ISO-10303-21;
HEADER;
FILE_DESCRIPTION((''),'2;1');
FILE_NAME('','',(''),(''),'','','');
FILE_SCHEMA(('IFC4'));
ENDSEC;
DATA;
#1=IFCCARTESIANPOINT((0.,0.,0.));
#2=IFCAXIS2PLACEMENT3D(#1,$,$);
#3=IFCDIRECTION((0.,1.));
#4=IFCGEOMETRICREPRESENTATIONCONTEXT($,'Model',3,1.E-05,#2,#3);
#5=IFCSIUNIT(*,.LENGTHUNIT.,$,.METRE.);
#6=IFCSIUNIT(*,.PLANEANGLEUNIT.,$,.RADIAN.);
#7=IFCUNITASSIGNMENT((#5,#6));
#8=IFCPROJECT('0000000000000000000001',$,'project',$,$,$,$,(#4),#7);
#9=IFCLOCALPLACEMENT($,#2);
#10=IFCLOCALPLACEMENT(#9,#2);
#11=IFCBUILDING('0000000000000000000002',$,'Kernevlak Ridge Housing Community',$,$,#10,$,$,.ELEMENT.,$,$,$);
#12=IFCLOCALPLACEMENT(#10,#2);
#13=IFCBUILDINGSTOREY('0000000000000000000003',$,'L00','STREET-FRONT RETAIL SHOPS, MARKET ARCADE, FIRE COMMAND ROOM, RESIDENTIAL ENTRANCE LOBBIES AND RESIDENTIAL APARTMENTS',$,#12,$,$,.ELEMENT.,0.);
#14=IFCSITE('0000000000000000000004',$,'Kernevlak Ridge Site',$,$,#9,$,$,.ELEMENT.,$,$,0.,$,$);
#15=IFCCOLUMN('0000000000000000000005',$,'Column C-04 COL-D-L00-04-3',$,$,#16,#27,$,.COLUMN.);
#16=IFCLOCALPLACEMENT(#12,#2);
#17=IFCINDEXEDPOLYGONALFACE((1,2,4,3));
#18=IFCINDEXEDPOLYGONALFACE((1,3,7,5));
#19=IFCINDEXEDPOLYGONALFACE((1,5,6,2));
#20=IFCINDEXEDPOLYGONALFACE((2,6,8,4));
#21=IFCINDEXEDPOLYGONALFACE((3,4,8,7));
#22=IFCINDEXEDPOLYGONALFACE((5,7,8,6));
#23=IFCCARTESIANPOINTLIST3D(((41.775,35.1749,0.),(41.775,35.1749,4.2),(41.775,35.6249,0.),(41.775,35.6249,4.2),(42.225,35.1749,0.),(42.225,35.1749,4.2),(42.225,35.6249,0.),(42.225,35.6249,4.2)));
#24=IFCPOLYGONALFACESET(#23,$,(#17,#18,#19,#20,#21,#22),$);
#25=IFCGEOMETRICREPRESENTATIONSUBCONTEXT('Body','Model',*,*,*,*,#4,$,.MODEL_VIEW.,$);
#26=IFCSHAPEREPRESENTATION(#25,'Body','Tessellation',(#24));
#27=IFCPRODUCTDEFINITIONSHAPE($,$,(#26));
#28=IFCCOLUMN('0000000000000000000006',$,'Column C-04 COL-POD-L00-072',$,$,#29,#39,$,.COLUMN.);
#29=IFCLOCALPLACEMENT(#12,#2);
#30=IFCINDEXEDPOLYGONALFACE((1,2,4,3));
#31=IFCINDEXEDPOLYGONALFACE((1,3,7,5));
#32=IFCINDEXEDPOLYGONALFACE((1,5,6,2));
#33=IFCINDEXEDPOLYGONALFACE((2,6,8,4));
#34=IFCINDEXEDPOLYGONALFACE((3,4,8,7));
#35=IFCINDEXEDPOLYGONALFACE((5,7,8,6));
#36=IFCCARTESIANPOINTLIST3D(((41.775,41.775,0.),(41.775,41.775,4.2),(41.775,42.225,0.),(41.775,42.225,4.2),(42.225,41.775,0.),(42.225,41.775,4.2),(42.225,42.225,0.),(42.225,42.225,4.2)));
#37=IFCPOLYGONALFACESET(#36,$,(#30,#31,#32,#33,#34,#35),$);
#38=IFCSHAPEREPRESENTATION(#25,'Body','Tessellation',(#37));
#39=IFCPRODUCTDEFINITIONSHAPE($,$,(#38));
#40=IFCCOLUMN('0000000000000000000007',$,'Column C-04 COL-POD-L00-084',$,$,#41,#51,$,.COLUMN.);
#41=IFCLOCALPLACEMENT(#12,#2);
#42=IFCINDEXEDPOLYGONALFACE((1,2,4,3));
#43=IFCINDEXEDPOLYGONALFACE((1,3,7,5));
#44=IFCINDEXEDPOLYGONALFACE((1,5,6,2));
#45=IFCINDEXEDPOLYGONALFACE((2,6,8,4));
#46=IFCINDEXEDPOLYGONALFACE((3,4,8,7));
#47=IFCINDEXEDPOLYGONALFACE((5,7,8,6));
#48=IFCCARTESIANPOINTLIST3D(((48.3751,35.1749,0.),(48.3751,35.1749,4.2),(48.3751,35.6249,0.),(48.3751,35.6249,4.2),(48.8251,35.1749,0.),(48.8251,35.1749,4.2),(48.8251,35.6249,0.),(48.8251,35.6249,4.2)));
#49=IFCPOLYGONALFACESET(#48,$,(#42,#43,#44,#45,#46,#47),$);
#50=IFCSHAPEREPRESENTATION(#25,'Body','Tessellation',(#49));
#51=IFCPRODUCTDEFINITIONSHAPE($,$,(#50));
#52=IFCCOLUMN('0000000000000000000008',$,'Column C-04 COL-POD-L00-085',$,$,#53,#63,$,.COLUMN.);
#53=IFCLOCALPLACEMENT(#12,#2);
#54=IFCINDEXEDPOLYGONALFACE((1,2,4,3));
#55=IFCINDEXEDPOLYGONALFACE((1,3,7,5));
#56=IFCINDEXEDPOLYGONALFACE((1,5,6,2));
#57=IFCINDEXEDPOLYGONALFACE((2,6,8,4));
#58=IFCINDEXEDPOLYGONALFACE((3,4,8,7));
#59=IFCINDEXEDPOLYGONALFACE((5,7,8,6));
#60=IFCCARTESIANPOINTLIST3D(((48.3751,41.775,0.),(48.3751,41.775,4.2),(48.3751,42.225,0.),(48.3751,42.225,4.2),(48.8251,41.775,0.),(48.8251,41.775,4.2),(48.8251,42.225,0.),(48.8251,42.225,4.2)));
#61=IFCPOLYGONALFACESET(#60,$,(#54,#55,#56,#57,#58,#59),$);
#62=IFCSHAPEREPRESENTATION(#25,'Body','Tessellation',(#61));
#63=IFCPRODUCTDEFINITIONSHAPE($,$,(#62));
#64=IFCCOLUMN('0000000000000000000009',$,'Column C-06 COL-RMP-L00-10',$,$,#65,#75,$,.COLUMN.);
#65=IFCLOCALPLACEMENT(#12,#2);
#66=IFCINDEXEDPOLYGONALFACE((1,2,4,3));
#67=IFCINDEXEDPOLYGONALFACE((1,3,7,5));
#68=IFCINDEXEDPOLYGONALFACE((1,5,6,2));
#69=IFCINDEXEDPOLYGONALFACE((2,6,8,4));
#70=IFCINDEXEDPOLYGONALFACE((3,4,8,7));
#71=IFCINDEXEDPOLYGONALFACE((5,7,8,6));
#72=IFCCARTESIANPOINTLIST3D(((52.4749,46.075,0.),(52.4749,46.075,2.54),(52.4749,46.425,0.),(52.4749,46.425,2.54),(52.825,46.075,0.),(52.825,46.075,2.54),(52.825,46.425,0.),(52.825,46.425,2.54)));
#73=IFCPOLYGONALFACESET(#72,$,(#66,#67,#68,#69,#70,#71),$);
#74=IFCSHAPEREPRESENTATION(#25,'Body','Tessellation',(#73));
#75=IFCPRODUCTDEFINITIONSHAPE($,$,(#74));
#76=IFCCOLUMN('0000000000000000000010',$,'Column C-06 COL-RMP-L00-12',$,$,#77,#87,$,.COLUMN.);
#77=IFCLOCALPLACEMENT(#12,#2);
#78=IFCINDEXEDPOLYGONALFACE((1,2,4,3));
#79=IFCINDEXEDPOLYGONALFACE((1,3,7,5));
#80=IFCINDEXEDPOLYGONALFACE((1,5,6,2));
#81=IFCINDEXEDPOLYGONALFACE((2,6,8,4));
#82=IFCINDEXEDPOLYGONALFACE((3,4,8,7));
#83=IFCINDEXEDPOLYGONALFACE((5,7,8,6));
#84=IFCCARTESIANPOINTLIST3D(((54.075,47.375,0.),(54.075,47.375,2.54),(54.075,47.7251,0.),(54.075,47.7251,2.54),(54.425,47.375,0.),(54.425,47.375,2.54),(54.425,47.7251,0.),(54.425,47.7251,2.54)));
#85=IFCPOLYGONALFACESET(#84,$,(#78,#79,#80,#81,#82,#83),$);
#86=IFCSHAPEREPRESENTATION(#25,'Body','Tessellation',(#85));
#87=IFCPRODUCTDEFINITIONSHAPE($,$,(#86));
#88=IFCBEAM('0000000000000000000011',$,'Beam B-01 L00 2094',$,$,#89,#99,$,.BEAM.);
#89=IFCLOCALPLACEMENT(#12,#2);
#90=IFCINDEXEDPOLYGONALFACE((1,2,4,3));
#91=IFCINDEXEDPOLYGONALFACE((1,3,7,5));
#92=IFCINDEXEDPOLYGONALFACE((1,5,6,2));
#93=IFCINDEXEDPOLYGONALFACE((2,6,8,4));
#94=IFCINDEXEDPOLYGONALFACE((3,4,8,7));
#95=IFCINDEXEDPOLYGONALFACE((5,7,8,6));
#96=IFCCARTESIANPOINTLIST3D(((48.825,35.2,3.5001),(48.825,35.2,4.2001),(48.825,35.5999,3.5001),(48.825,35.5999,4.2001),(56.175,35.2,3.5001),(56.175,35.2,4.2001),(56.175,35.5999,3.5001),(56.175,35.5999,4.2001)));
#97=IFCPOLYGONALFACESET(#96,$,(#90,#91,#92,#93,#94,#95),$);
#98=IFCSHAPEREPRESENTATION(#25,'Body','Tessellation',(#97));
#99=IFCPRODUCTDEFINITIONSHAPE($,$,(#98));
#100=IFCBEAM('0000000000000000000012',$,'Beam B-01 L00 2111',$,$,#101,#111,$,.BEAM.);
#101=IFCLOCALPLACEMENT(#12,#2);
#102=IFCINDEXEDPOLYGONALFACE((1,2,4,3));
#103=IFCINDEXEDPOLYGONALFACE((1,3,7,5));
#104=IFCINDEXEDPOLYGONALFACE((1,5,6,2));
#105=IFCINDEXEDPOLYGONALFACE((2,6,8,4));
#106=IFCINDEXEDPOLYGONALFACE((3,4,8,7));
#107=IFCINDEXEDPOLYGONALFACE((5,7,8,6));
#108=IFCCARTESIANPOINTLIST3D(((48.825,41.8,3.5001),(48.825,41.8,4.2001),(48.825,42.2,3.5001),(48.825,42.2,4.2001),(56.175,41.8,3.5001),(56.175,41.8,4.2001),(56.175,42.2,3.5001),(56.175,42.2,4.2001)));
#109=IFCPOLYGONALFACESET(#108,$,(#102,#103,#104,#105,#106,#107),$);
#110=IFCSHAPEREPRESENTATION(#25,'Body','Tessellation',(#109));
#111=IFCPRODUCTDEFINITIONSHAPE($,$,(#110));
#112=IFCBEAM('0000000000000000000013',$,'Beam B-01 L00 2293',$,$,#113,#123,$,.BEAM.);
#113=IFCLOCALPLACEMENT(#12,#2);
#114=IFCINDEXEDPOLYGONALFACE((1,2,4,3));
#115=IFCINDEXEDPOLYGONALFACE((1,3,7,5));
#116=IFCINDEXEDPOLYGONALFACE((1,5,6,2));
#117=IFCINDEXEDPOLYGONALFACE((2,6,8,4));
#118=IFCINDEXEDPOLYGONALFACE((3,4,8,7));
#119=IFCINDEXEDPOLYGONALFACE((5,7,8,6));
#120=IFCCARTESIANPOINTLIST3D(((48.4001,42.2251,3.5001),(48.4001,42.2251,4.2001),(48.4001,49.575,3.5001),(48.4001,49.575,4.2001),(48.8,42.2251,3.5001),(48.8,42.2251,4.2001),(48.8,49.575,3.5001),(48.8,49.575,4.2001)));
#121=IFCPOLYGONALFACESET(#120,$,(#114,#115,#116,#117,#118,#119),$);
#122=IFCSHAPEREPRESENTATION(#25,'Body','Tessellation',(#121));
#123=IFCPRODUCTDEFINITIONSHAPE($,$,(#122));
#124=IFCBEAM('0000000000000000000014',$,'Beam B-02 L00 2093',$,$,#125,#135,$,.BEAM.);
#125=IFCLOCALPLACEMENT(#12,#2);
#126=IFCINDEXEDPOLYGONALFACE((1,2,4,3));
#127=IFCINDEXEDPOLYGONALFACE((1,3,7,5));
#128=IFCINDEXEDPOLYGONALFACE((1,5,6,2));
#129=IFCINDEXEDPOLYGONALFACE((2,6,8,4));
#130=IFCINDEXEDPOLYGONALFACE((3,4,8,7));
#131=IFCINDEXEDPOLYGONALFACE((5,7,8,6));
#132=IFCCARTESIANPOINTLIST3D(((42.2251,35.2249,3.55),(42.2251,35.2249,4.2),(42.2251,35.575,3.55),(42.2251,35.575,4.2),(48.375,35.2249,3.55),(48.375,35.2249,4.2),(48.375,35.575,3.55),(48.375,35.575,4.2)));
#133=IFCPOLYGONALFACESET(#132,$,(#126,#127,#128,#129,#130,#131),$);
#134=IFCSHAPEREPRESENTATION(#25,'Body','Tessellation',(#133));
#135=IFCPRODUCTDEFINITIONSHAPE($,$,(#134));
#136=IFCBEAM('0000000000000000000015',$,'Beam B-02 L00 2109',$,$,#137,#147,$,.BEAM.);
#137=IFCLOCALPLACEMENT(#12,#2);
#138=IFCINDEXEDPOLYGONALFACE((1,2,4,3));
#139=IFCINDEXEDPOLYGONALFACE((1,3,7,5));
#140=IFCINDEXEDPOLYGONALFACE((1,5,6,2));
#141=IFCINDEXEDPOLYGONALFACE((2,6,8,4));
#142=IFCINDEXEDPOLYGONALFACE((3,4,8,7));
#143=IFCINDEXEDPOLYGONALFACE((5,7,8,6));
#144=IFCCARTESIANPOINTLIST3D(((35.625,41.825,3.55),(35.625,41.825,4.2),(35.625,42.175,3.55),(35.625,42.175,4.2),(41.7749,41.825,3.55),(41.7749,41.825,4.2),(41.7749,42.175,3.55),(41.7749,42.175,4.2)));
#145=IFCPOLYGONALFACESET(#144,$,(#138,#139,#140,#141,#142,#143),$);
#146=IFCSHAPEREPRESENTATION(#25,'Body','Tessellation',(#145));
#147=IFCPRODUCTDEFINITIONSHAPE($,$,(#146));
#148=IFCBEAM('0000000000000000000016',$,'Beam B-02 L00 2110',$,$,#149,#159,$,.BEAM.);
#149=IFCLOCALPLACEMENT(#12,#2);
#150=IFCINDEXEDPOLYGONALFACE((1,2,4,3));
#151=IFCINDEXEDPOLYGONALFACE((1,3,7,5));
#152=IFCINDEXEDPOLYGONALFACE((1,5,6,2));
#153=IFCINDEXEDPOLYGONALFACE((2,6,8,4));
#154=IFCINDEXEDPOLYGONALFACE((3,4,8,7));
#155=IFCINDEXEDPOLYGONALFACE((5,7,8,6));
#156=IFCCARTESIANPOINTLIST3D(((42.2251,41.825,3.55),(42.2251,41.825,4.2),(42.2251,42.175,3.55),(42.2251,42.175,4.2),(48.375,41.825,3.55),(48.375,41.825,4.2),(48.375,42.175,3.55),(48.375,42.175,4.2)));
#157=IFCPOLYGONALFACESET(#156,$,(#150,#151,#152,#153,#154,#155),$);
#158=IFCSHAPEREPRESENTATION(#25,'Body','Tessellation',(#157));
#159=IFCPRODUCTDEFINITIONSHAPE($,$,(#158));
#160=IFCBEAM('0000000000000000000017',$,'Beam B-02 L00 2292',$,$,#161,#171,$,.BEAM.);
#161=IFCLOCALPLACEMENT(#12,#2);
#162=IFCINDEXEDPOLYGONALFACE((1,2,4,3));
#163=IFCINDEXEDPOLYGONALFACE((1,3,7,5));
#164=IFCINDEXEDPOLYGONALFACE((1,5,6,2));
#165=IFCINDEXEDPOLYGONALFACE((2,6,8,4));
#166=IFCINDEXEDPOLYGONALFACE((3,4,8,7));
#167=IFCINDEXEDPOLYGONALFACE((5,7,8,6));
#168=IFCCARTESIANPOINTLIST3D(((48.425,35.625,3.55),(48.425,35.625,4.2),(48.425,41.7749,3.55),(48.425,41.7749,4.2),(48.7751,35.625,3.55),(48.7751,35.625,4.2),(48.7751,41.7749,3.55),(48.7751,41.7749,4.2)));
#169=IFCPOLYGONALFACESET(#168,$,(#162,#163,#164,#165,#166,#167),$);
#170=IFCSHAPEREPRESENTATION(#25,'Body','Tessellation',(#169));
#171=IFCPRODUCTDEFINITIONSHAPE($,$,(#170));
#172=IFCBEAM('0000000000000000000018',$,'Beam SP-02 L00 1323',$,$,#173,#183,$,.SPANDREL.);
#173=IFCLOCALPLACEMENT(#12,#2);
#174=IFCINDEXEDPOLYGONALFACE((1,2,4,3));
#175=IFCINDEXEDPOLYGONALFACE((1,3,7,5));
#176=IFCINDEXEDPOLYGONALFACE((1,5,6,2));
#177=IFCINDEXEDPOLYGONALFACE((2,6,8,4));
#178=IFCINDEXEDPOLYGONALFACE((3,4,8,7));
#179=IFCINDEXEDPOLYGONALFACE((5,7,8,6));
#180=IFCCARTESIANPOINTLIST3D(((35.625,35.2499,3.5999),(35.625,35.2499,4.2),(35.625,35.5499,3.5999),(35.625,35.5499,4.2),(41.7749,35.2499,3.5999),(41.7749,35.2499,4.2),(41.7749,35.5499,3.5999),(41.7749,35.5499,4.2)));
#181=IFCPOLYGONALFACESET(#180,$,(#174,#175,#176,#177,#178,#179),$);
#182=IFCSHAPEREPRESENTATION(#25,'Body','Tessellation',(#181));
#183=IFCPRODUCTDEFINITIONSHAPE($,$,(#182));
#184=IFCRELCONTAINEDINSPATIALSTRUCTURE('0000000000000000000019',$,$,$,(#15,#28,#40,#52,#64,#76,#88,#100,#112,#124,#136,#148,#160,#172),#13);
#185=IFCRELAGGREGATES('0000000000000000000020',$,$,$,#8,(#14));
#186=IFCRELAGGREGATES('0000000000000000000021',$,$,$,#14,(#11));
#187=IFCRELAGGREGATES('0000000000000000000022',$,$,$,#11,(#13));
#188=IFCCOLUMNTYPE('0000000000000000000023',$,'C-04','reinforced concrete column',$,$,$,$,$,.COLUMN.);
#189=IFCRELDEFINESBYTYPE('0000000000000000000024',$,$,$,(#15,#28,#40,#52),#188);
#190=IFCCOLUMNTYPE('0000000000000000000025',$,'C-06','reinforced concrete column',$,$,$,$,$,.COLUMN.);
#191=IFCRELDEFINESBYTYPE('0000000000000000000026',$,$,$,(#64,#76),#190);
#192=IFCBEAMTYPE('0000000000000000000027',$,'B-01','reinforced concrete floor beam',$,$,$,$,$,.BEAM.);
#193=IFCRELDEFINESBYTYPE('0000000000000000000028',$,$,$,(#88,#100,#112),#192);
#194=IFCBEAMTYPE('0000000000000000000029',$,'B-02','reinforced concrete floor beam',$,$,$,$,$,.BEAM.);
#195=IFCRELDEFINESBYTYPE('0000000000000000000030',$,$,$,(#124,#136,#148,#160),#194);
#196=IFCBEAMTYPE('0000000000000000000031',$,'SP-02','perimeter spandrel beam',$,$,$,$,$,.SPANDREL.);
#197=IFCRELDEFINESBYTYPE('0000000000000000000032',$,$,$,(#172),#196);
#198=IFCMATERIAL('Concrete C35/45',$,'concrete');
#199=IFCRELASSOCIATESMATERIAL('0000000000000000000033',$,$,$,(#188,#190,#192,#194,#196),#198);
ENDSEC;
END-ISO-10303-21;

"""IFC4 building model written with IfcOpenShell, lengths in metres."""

from ifc_helpers import new_model, si_unit, direction, frame, origin, origin_2d, place, context, subcontext, project, spatial, rectangle, extrude, material, material_profile, profile_set, type_object, element, save


model = new_model("IFC4")

# Units and contexts
model_context = context("Model", 3, precision=1e-05, world=origin(), true_north=direction((0.0, 1.0)))
body_context = subcontext(model_context, "Body", "Model", "MODEL_VIEW")
ifc_project = project(units=[si_unit("LENGTHUNIT", "METRE"), si_unit("PLANEANGLEUNIT", "RADIAN")], contexts=[model_context])

# Site, building, storey
site_placement = place(None, origin())
site = spatial("IfcSite", under=ifc_project, at=site_placement, Name="Kernevlak Ridge Site", CompositionType="ELEMENT", RefElevation=0.0)
building_placement = place(site_placement, origin())
building = spatial("IfcBuilding", under=site, at=building_placement, Name="Kernevlak Ridge Housing Community", CompositionType="ELEMENT")
storey_placement = place(building_placement, origin())
storey = spatial("IfcBuildingStorey", under=building, at=storey_placement, Name="L00", Description="STREET-FRONT RETAIL SHOPS, MARKET ARCADE, FIRE COMMAND ROOM, RESIDENTIAL ENTRANCE LOBBIES AND RESIDENTIAL APARTMENTS", CompositionType="ELEMENT", Elevation=0.0)

# Columns
ifc_material_1 = material(Name="Concrete C35/45", Category="concrete")
ifc_material_profile_1 = material_profile(ifc_material_1, rectangle(XDim=0.45, YDim=0.45, at=origin_2d()), Name="RC 450x450")
ifc_profile_set_1 = profile_set([ifc_material_profile_1], Name="Concrete C35/45")
column_type_1 = type_object("IfcColumnType", Name="C-04", Description="reinforced concrete column", PredefinedType="COLUMN", material=ifc_profile_set_1)
for number, where, z_axis, x_axis, name in (
    (1, (42.0, 35.3999, 0.0), (0.0, 0.0, 1.0), (1.0, 0.0, 0.0), "Column C-04 COL-D-L00-04-3"),
    (2, (42.0, 42.0, 0.0), (0.0, 0.0, 1.0), (1.0, 0.0, 0.0), "Column C-04 COL-POD-L00-072"),
    (3, (48.6001, 35.3999, 0.0), (0.0, 0.0, 1.0), (1.0, 0.0, 0.0), "Column C-04 COL-POD-L00-084"),
    (4, (48.6001, 42.0, 0.0), (0.0, 0.0, 1.0), (1.0, 0.0, 0.0), "Column C-04 COL-POD-L00-085"),
):
    element("IfcColumn", number, at=place(storey_placement, frame(where, z_axis=z_axis, x_axis=x_axis)), inside=storey, type_object=column_type_1, Name=name, PredefinedType="COLUMN", context=body_context, shape_type="SweptSolid", body=[
        extrude(rectangle(XDim=0.45, YDim=0.45, at=origin_2d()), origin(), (0.0, 0.0, 1.0), 4.2),
    ])
ifc_material_profile_2 = material_profile(ifc_material_1, rectangle(XDim=0.3501, YDim=0.3501, at=origin_2d()), Name="RC 350x350")
ifc_profile_set_2 = profile_set([ifc_material_profile_2], Name="Concrete C35/45")
column_type_2 = type_object("IfcColumnType", Name="C-06", Description="reinforced concrete column", PredefinedType="COLUMN", material=ifc_profile_set_2)
for number, where, z_axis, x_axis, name in (
    (5, (52.6499, 46.25, 0.0), (0.0, 0.0, 1.0), (1.0, 0.0, 0.0), "Column C-06 COL-RMP-L00-10"),
    (6, (54.25, 47.55, 0.0), (0.0, 0.0, 1.0), (1.0, 0.0, 0.0), "Column C-06 COL-RMP-L00-12"),
):
    element("IfcColumn", number, at=place(storey_placement, frame(where, z_axis=z_axis, x_axis=x_axis)), inside=storey, type_object=column_type_2, Name=name, PredefinedType="COLUMN", context=body_context, shape_type="SweptSolid", body=[
        extrude(rectangle(XDim=0.3501, YDim=0.3501, at=origin_2d()), origin(), (0.0, 0.0, 1.0), 2.54),
    ])

# Beams
ifc_material_profile_3 = material_profile(ifc_material_1, rectangle(XDim=0.3999, YDim=0.7, at=origin_2d()), Name="RC 400x700")
ifc_profile_set_3 = profile_set([ifc_material_profile_3], Name="Concrete C35/45")
beam_type_1 = type_object("IfcBeamType", Name="B-01", Description="reinforced concrete floor beam", PredefinedType="BEAM", material=ifc_profile_set_3)
for number, where, z_axis, x_axis, name in (
    (7, (48.825, 35.3999, 3.8501), (1.0, 0.0, 0.0), (0.0, 1.0, 0.0), "Beam B-01 L00 2094"),
    (8, (48.825, 42.0, 3.8501), (1.0, 0.0, 0.0), (0.0, 1.0, 0.0), "Beam B-01 L00 2111"),
):
    element("IfcBeam", number, at=place(storey_placement, frame(where, z_axis=z_axis, x_axis=x_axis)), inside=storey, type_object=beam_type_1, Name=name, PredefinedType="BEAM", context=body_context, shape_type="SweptSolid", body=[
        extrude(rectangle(XDim=0.3999, YDim=0.7, at=origin_2d()), origin(), (0.0, 0.0, 1.0), 7.3501),
    ])
beam_1_placement = place(storey_placement, frame((48.6001, 42.2251, 3.8501), z_axis=(0.0, 1.0, 0.0), x_axis=(-1.0, 0.0, 0.0)))
element("IfcBeam", 9, at=beam_1_placement, inside=storey, type_object=beam_type_1, Name="Beam B-01 L00 2293", PredefinedType="BEAM", context=body_context, shape_type="SweptSolid", body=[
    extrude(rectangle(XDim=0.3999, YDim=0.7, at=origin_2d()), origin(), (0.0, 0.0, 1.0), 7.3499),
])
ifc_material_profile_4 = material_profile(ifc_material_1, rectangle(XDim=0.3501, YDim=0.6499, at=origin_2d()), Name="RC 350x650")
ifc_profile_set_4 = profile_set([ifc_material_profile_4], Name="Concrete C35/45")
beam_type_2 = type_object("IfcBeamType", Name="B-02", Description="reinforced concrete floor beam", PredefinedType="BEAM", material=ifc_profile_set_4)
for number, where, z_axis, x_axis, name in (
    (10, (42.2251, 35.3999, 3.875), (1.0, 0.0, 0.0), (0.0, 1.0, 0.0), "Beam B-02 L00 2093"),
    (11, (35.625, 42.0, 3.875), (1.0, 0.0, 0.0), (0.0, 1.0, 0.0), "Beam B-02 L00 2109"),
    (12, (42.2251, 42.0, 3.875), (1.0, 0.0, 0.0), (0.0, 1.0, 0.0), "Beam B-02 L00 2110"),
    (13, (48.6001, 35.625, 3.875), (0.0, 1.0, 0.0), (-1.0, 0.0, 0.0), "Beam B-02 L00 2292"),
):
    element("IfcBeam", number, at=place(storey_placement, frame(where, z_axis=z_axis, x_axis=x_axis)), inside=storey, type_object=beam_type_2, Name=name, PredefinedType="BEAM", context=body_context, shape_type="SweptSolid", body=[
        extrude(rectangle(XDim=0.3501, YDim=0.6499, at=origin_2d()), origin(), (0.0, 0.0, 1.0), 6.1499),
    ])
ifc_material_profile_5 = material_profile(ifc_material_1, rectangle(XDim=0.3, YDim=0.6001, at=origin_2d()), Name="RC 300x600")
ifc_profile_set_5 = profile_set([ifc_material_profile_5], Name="Concrete C35/45")
beam_type_3 = type_object("IfcBeamType", Name="SP-02", Description="perimeter spandrel beam", PredefinedType="SPANDREL", material=ifc_profile_set_5)
beam_2_placement = place(storey_placement, frame((35.625, 35.3999, 3.8999), z_axis=(1.0, 0.0, 0.0), x_axis=(0.0, 1.0, 0.0)))
element("IfcBeam", 14, at=beam_2_placement, inside=storey, type_object=beam_type_3, Name="Beam SP-02 L00 1323", PredefinedType="SPANDREL", context=body_context, shape_type="SweptSolid", body=[
    extrude(rectangle(XDim=0.3, YDim=0.6001, at=origin_2d()), origin(), (0.0, 0.0, 1.0), 6.1499),
])

save(model, "model.ifc")
